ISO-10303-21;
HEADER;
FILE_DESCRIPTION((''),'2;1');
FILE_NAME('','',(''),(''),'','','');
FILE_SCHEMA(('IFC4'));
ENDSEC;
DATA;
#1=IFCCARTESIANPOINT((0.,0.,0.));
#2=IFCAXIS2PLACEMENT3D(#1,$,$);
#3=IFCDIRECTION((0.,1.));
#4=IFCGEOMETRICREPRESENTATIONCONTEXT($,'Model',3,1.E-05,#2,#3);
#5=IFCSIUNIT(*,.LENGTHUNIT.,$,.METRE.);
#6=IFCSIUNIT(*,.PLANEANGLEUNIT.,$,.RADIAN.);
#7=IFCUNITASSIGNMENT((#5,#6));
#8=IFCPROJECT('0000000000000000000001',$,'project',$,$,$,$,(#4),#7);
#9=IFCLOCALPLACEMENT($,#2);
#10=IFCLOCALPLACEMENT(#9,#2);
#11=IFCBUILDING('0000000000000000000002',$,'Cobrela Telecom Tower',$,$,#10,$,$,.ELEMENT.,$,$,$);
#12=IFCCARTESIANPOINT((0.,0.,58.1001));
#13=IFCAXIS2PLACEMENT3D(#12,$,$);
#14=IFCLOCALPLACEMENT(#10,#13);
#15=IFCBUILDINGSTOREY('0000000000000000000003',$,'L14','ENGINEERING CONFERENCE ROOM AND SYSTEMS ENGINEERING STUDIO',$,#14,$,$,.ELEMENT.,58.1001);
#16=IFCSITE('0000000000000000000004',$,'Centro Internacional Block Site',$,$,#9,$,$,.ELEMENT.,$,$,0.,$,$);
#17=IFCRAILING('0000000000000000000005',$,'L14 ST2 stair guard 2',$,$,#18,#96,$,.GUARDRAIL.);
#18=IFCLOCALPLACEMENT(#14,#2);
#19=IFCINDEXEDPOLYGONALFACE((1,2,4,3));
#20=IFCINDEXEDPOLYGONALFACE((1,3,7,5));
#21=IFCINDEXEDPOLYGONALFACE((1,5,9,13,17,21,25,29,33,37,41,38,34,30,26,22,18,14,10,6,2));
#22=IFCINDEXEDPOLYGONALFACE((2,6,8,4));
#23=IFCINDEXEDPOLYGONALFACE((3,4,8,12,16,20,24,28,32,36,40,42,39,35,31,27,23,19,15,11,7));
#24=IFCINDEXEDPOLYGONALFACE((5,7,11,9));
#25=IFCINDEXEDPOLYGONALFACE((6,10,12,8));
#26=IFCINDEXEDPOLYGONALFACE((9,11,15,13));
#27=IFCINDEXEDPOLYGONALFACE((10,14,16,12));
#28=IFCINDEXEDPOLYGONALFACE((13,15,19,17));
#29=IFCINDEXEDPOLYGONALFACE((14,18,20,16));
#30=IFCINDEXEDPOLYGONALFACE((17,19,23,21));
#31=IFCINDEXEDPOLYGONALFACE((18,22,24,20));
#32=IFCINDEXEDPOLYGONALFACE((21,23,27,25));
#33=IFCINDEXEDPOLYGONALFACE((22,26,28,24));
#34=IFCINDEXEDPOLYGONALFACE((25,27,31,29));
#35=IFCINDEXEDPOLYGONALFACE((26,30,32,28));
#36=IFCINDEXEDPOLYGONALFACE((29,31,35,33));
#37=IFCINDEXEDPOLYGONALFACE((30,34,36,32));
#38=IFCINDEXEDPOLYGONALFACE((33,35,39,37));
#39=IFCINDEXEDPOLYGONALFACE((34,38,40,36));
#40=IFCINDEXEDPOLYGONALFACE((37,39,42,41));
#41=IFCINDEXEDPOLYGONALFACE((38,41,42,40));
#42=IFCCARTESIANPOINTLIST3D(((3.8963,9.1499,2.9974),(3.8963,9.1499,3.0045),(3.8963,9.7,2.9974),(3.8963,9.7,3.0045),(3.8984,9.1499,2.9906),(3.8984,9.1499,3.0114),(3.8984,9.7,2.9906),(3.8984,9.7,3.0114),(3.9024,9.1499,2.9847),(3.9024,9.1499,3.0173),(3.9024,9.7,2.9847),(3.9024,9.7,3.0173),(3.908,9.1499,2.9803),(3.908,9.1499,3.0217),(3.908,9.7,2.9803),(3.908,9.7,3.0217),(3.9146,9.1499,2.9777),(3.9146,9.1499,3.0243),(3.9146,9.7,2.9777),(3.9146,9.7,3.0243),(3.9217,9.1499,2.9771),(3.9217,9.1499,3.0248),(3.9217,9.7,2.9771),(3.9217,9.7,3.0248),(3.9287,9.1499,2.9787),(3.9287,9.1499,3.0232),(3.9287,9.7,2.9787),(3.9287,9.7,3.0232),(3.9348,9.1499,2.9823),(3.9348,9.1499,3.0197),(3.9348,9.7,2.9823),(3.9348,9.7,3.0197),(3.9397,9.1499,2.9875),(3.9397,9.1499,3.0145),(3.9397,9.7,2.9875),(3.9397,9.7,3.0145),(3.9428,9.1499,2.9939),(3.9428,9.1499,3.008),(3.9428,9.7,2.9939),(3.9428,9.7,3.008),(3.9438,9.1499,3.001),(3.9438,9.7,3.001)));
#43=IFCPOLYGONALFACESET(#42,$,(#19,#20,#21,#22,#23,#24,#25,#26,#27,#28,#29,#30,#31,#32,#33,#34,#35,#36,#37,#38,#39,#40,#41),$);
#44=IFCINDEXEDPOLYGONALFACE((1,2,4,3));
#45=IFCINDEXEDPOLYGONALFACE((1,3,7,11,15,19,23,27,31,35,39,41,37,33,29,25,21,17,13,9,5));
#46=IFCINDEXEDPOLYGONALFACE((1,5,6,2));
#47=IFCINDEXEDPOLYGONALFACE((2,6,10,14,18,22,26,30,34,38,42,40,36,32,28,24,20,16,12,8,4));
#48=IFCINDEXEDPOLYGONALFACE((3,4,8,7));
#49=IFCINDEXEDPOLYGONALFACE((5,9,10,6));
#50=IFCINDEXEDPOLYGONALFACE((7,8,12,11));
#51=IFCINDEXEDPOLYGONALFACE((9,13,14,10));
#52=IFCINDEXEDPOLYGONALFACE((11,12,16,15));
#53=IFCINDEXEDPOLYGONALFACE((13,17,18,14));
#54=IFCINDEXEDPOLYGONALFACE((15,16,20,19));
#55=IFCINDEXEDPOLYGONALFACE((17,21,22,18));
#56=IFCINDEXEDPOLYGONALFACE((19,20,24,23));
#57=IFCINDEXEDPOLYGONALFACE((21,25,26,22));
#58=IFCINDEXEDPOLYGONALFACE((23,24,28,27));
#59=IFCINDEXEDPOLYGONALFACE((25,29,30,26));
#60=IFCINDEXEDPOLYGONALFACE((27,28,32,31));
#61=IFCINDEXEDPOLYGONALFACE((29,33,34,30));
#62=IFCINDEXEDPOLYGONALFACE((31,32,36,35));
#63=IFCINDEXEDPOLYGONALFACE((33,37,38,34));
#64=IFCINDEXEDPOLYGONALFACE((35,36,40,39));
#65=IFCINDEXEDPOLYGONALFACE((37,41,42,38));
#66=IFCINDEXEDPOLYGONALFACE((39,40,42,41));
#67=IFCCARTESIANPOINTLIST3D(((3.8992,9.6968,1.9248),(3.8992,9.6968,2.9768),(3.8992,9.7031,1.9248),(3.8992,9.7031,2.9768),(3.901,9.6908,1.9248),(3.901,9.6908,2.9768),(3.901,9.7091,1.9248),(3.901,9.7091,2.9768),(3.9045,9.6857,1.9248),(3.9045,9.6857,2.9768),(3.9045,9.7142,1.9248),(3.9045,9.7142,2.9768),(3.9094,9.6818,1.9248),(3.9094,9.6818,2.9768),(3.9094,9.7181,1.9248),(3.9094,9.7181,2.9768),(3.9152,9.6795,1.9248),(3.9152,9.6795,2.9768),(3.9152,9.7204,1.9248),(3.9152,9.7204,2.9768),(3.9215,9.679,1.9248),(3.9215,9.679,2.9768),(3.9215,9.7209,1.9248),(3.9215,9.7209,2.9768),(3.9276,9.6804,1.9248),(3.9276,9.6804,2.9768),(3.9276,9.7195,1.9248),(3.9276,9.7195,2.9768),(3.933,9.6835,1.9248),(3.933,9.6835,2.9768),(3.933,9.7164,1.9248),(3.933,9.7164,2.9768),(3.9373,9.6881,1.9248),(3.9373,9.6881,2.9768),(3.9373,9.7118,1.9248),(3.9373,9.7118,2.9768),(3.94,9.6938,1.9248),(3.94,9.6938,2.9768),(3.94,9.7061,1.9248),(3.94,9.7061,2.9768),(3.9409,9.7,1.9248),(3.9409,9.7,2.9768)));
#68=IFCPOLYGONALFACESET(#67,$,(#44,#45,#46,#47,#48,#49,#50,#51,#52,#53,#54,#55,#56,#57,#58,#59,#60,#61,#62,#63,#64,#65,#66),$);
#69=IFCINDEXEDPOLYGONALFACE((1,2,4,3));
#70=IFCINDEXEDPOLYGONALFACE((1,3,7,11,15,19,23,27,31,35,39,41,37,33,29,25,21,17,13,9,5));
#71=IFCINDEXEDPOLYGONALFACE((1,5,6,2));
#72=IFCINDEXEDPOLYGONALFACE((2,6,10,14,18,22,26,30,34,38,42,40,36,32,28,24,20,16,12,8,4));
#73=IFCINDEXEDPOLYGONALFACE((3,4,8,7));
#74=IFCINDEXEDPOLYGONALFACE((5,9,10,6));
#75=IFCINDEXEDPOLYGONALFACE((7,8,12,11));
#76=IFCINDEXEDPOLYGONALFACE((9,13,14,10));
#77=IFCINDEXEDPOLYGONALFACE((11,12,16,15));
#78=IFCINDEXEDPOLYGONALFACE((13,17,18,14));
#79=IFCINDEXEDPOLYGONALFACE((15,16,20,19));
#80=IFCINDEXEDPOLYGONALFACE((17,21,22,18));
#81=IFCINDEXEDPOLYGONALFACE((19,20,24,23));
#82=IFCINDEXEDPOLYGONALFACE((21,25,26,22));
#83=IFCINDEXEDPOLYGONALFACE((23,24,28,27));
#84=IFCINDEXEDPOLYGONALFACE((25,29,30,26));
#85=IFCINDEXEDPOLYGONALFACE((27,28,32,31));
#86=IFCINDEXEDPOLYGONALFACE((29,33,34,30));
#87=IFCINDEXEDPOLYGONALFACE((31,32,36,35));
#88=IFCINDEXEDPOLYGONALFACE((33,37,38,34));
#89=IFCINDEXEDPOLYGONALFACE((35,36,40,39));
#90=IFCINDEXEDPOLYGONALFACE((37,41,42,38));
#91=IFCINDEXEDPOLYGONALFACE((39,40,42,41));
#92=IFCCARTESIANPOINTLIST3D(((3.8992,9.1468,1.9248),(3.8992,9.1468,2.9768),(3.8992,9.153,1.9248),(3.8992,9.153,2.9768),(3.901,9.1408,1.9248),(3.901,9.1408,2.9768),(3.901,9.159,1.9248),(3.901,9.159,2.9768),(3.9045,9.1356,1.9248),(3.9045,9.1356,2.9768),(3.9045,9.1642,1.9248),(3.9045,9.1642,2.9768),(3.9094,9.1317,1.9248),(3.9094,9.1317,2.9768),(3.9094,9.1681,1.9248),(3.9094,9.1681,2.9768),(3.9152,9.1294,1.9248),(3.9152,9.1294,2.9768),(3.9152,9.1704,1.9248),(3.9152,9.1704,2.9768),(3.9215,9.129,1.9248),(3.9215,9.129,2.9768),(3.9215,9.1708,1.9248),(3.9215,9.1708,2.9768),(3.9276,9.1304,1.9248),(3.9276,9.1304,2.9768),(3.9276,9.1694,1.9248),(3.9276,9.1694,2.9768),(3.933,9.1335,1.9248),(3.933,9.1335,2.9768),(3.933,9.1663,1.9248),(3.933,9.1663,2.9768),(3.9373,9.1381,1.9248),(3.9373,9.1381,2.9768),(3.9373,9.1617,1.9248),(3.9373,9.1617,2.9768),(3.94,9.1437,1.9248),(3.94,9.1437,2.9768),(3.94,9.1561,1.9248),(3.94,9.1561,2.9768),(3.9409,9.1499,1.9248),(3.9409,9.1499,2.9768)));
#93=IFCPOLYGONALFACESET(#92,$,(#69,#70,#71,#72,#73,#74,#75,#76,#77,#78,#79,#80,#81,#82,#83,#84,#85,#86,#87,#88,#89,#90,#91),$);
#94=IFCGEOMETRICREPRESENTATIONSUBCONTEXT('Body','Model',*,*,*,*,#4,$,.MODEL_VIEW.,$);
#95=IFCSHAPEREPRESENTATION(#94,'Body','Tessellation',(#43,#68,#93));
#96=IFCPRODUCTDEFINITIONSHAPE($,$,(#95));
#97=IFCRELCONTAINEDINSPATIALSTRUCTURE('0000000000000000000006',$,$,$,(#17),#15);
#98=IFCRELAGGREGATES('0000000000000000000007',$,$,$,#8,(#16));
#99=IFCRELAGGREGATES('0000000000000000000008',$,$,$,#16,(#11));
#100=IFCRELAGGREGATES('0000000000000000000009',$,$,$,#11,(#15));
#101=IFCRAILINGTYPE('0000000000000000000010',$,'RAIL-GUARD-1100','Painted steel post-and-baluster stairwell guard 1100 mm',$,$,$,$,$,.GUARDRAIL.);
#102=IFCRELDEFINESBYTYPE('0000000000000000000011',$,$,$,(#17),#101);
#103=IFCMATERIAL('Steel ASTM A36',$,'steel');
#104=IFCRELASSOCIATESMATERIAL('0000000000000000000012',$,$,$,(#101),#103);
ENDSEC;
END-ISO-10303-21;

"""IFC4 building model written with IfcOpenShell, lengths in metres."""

from ifc_helpers import new_model, si_unit, direction, frame, origin, origin_2d, place, context, subcontext, project, spatial, circle, extrude, material, type_object, element, save


model = new_model("IFC4")

# Units and contexts
model_context = context("Model", 3, precision=1e-05, world=origin(), true_north=direction((0.0, 1.0)))
body_context = subcontext(model_context, "Body", "Model", "MODEL_VIEW")
ifc_project = project(units=[si_unit("LENGTHUNIT", "METRE"), si_unit("PLANEANGLEUNIT", "RADIAN")], contexts=[model_context])

# Site, building, storey
site_placement = place(None, origin())
site = spatial("IfcSite", under=ifc_project, at=site_placement, Name="Centro Internacional Block Site", CompositionType="ELEMENT", RefElevation=0.0)
building_placement = place(site_placement, origin())
building = spatial("IfcBuilding", under=site, at=building_placement, Name="Cobrela Telecom Tower", CompositionType="ELEMENT")
storey_placement = place(building_placement, frame((0.0, 0.0, 58.1001)))
storey = spatial("IfcBuildingStorey", under=building, at=storey_placement, Name="L14", Description="ENGINEERING CONFERENCE ROOM AND SYSTEMS ENGINEERING STUDIO", CompositionType="ELEMENT", Elevation=58.1001)

# Railing
ifc_material_1 = material(Name="Steel ASTM A36", Category="steel")
railing_type_1 = type_object("IfcRailingType", Name="RAIL-GUARD-1100", Description="Painted steel post-and-baluster stairwell guard 1100 mm", PredefinedType="GUARDRAIL", material=ifc_material_1)
railing_1_placement = place(storey_placement, frame((3.9199, 9.7, 1.9248)))
element("IfcRailing", 1, at=railing_1_placement, inside=storey, type_object=railing_type_1, Name="L14 ST2 stair guard 2", PredefinedType="GUARDRAIL", context=body_context, shape_type="SweptSolid", body=[
    extrude(circle(Radius=0.0239, at=origin_2d()), frame((0.0, 0.0, 1.0762), z_axis=(0.0, -1.0, 0.0), x_axis=(1.0, 0.0, 0.0)), (0.0, 0.0, 1.0), 0.55),
    extrude(circle(Radius=0.021, at=origin_2d()), origin(), (0.0, 0.0, 1.0), 1.052),
    extrude(circle(Radius=0.021, at=origin_2d()), frame((0.0, -0.55, 0.0)), (0.0, 0.0, 1.0), 1.052),
])

save(model, "model.ifc")
